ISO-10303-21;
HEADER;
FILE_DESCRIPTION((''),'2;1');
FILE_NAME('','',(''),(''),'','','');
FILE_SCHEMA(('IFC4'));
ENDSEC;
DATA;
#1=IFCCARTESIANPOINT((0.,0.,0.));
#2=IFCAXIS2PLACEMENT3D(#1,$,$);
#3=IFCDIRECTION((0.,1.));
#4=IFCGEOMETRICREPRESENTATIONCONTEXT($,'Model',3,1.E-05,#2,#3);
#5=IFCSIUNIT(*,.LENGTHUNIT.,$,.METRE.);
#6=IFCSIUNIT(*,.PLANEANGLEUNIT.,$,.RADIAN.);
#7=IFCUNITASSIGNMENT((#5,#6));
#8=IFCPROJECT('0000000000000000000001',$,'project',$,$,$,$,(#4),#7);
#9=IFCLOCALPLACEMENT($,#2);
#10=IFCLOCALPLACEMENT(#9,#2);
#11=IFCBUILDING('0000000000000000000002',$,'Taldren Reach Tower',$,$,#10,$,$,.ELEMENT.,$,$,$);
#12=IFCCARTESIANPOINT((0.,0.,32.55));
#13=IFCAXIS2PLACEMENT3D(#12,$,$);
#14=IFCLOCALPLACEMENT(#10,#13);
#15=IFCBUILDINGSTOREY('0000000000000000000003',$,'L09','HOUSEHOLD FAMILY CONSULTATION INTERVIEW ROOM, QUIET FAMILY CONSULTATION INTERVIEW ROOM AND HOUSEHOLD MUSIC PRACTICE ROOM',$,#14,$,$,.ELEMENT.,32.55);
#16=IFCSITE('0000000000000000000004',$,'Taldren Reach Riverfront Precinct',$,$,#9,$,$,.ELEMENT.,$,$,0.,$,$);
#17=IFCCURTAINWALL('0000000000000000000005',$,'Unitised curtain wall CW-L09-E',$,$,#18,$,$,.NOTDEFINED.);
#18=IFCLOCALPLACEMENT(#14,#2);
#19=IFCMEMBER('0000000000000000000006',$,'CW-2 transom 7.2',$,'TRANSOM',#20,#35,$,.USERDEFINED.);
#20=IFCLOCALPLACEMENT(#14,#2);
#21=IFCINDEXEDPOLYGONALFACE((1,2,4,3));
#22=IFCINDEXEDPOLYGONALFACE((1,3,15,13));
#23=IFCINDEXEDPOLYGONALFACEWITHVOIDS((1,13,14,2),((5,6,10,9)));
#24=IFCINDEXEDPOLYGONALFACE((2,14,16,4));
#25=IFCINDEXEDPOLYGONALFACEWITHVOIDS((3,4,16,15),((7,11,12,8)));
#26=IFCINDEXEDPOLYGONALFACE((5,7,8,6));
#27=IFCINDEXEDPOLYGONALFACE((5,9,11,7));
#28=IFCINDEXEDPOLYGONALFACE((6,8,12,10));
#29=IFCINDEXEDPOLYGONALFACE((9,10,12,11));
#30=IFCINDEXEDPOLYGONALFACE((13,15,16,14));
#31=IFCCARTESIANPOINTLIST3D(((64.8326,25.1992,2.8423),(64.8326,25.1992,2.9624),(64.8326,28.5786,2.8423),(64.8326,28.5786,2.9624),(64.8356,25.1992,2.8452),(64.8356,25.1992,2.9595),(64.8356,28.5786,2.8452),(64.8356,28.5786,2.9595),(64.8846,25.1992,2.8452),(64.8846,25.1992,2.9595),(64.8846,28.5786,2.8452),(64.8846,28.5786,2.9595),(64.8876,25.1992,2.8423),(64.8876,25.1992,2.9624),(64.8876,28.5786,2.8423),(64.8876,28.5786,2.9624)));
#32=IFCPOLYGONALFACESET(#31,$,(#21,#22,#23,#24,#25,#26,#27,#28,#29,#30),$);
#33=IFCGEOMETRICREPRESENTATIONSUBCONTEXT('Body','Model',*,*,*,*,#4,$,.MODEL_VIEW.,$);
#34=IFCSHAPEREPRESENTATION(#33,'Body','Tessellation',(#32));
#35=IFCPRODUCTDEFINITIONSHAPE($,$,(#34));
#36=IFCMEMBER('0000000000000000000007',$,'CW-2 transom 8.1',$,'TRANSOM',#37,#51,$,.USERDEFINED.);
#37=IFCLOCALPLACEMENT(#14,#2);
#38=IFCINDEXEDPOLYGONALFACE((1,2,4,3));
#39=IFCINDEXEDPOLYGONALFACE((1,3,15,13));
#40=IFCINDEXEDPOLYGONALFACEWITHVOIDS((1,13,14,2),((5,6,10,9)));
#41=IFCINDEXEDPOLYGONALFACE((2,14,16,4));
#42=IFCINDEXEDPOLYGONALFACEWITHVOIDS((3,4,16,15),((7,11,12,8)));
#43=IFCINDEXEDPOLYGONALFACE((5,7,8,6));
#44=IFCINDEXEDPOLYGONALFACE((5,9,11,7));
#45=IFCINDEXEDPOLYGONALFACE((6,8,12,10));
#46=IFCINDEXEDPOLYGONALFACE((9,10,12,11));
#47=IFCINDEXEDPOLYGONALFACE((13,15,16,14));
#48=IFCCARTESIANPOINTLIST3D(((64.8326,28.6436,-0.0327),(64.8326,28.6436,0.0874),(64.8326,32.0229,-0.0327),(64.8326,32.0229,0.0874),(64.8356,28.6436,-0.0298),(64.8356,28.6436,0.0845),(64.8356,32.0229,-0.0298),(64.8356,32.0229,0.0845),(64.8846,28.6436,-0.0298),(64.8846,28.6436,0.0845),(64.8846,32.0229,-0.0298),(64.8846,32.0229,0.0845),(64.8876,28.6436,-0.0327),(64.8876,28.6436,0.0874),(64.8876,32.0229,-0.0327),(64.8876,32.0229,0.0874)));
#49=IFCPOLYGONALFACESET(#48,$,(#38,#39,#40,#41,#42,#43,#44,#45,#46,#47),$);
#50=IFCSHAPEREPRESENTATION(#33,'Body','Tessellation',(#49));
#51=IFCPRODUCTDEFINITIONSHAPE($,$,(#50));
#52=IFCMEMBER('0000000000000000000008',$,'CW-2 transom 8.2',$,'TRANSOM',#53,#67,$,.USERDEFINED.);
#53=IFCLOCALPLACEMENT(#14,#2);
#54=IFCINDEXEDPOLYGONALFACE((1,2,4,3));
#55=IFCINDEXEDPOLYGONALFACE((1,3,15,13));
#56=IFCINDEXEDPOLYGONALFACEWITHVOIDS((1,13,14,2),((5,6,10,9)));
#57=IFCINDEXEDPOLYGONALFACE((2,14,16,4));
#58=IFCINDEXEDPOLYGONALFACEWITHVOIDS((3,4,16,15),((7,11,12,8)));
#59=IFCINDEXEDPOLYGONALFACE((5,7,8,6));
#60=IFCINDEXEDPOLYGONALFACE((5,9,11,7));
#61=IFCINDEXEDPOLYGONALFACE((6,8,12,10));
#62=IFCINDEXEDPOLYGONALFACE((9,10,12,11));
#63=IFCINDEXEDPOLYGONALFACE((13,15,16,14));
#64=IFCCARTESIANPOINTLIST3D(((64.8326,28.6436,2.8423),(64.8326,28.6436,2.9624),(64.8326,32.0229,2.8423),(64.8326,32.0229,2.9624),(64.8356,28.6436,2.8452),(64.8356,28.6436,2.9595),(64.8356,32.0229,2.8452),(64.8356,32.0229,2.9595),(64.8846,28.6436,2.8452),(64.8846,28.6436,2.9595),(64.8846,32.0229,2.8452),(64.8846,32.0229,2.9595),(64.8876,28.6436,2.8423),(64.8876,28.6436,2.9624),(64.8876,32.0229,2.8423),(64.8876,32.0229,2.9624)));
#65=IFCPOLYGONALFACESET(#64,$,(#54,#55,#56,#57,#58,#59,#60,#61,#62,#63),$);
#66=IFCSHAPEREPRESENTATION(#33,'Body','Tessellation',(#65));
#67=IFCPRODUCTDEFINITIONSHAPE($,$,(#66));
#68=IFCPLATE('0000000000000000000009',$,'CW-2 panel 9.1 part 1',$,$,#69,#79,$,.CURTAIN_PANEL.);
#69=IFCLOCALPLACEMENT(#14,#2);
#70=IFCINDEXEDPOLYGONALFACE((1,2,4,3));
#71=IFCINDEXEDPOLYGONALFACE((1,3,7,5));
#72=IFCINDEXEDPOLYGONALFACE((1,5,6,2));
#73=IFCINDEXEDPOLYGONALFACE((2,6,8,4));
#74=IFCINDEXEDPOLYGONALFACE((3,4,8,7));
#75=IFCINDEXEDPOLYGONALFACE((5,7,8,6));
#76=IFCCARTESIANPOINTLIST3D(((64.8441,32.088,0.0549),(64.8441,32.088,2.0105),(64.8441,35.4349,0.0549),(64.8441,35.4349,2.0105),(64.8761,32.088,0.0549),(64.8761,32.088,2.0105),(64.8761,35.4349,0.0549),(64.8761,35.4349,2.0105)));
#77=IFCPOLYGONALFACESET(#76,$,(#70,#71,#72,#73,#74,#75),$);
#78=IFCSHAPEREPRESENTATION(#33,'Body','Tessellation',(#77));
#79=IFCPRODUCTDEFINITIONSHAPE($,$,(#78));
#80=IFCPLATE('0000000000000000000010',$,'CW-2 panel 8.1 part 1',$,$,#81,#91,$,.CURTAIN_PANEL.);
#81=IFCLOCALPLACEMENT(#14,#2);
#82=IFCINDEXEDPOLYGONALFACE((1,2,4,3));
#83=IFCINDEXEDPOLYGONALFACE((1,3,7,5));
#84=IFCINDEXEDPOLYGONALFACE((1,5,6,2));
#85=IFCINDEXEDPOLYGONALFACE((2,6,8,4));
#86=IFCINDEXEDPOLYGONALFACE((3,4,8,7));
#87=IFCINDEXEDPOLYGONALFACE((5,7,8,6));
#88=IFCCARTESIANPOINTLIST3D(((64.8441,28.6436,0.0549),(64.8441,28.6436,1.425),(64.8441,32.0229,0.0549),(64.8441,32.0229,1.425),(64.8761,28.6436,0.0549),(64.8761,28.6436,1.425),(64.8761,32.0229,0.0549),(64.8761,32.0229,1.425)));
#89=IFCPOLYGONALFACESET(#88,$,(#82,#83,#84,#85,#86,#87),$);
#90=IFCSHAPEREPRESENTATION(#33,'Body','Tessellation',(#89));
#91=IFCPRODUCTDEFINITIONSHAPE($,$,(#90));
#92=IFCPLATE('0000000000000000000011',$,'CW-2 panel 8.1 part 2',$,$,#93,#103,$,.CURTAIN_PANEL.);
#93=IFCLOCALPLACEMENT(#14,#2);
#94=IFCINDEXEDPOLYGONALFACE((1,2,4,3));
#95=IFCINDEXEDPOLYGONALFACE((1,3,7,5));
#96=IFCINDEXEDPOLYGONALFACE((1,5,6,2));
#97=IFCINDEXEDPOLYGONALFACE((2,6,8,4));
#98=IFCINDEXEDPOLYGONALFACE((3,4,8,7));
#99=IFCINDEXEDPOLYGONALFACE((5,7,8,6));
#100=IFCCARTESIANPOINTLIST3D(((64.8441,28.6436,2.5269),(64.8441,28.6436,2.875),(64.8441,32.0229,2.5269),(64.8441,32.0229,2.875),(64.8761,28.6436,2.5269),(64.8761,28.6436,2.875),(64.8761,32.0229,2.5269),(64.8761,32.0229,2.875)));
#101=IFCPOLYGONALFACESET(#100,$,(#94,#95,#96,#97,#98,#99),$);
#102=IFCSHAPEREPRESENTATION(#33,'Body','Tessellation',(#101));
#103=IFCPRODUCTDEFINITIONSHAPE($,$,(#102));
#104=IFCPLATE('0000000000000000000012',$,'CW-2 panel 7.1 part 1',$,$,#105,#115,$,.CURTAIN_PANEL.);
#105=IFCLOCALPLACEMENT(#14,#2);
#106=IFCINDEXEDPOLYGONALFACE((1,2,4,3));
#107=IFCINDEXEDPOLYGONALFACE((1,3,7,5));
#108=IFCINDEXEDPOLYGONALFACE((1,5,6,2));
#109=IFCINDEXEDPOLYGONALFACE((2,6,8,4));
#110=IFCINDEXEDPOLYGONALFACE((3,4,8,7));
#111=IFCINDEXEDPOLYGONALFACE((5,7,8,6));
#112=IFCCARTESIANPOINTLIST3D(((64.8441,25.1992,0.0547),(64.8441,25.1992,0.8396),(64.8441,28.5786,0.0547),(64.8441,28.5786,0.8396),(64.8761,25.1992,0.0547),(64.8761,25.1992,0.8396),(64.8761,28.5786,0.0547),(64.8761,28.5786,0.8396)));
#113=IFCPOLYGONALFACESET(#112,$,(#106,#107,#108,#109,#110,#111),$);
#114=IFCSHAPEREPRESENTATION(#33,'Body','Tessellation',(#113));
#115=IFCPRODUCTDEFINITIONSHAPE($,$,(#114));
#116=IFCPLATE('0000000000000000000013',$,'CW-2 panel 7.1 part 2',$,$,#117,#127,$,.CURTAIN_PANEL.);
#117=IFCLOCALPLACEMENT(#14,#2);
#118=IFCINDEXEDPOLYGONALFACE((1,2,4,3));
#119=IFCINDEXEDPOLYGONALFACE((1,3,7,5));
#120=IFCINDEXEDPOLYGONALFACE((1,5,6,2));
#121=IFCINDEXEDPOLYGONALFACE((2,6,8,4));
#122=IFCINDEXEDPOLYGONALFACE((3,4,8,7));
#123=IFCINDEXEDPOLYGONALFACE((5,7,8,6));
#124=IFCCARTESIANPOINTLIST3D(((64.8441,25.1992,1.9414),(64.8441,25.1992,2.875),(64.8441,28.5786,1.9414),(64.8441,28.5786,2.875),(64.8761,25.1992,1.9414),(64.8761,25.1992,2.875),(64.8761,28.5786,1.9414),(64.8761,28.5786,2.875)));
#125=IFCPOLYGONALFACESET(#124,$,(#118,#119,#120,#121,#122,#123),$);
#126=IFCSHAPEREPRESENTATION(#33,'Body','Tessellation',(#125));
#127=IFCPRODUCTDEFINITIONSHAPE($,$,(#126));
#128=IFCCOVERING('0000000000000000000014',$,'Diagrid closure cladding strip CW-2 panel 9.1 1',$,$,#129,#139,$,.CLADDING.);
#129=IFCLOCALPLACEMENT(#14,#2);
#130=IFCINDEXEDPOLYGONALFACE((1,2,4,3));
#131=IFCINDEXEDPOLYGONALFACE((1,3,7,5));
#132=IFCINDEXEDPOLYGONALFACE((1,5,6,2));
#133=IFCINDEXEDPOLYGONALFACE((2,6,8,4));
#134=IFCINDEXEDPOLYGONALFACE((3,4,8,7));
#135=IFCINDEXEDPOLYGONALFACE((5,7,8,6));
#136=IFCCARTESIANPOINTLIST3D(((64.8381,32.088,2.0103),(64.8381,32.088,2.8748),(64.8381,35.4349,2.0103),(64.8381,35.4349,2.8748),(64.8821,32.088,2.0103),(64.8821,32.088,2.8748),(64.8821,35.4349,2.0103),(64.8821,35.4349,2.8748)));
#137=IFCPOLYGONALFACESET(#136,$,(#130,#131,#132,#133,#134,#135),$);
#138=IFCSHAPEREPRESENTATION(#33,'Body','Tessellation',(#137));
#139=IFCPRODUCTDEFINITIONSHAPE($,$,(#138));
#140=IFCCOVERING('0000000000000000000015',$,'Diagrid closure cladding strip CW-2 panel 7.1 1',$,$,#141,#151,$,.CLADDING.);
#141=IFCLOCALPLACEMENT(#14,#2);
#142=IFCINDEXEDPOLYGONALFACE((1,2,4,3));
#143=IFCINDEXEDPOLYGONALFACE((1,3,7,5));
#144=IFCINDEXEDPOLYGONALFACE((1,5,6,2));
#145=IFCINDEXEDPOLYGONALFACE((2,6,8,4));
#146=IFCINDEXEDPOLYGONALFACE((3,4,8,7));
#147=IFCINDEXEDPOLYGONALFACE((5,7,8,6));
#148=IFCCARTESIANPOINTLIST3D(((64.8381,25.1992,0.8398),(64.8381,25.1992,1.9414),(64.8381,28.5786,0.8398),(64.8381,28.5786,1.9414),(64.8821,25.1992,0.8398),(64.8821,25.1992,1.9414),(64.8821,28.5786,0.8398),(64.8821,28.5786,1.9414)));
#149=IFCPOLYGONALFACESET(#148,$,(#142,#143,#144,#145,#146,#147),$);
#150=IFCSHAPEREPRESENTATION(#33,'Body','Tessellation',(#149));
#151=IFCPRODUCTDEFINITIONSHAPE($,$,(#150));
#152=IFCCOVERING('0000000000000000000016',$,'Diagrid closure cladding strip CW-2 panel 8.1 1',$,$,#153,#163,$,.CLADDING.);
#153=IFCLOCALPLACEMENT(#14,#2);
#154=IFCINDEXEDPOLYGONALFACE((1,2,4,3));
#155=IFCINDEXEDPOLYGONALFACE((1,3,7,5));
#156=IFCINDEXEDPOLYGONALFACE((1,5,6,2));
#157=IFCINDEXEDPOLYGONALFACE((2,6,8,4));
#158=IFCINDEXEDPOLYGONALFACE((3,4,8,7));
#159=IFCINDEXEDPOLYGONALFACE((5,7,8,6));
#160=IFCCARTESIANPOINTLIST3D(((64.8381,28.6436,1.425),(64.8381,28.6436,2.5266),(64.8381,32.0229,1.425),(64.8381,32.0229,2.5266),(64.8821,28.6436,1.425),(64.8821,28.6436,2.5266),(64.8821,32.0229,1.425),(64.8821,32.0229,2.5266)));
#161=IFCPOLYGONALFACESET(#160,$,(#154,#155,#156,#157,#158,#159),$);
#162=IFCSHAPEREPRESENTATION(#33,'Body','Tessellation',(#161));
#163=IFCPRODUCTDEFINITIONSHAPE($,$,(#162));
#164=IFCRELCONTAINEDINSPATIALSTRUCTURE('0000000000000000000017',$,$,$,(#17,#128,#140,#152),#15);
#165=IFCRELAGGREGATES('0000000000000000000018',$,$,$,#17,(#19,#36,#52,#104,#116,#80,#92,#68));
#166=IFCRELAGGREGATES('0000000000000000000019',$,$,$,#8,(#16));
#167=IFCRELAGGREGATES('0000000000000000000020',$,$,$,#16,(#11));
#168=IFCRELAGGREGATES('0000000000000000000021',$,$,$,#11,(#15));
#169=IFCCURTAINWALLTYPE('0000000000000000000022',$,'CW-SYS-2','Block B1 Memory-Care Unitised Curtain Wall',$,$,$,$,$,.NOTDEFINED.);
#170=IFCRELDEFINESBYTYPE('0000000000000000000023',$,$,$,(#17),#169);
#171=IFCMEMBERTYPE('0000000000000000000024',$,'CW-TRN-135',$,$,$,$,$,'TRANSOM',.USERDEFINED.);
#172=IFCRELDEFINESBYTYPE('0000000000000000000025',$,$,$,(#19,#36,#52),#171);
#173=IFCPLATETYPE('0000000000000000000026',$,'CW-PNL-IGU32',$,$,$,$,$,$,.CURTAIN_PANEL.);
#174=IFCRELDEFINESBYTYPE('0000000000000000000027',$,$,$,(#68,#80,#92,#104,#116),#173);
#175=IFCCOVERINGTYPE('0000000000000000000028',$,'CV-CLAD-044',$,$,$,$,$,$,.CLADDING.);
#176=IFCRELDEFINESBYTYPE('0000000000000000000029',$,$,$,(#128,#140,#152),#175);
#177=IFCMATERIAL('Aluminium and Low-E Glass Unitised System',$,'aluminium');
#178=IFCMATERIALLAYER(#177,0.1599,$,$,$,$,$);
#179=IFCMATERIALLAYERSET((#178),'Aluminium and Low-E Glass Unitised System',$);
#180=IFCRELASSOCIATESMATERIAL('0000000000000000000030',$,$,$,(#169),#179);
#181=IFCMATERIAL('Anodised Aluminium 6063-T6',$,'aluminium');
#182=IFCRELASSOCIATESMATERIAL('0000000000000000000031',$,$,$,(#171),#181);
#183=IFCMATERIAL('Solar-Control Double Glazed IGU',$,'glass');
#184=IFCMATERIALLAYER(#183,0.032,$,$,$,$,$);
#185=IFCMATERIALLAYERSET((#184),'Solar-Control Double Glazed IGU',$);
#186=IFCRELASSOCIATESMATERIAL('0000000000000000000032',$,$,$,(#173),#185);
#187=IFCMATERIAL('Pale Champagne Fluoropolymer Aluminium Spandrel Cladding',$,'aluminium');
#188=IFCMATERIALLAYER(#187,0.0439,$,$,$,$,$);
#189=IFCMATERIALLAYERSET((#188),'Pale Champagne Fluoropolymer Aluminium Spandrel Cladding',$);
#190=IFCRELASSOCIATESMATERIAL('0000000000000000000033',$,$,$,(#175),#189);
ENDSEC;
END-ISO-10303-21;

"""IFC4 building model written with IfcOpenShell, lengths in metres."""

from ifc_helpers import new_model, si_unit, direction, frame, origin, origin_2d, place, context, subcontext, project, spatial, rectangle, hollow_rectangle, extrude, source, transform, mapped, material, layer, layer_set, material_profile, profile_set, type_object, element, aggregate, save


model = new_model("IFC4")

# Units and contexts
model_context = context("Model", 3, precision=1e-05, world=origin(), true_north=direction((0.0, 1.0)))
body_context = subcontext(model_context, "Body", "Model", "MODEL_VIEW")
ifc_project = project(units=[si_unit("LENGTHUNIT", "METRE"), si_unit("PLANEANGLEUNIT", "RADIAN")], contexts=[model_context])

# Site, building, storey
site_placement = place(None, origin())
site = spatial("IfcSite", under=ifc_project, at=site_placement, Name="Taldren Reach Riverfront Precinct", CompositionType="ELEMENT", RefElevation=0.0)
building_placement = place(site_placement, origin())
building = spatial("IfcBuilding", under=site, at=building_placement, Name="Taldren Reach Tower", CompositionType="ELEMENT")
storey_placement = place(building_placement, frame((0.0, 0.0, 32.55)))
storey = spatial("IfcBuildingStorey", under=building, at=storey_placement, Name="L09", Description="HOUSEHOLD FAMILY CONSULTATION INTERVIEW ROOM, QUIET FAMILY CONSULTATION INTERVIEW ROOM AND HOUSEHOLD MUSIC PRACTICE ROOM", CompositionType="ELEMENT", Elevation=32.55)

# Curtain wall, members, plates
ifc_material_1 = material(Name="Aluminium and Low-E Glass Unitised System", Category="aluminium")
ifc_layer_1 = layer(ifc_material_1, 0.1599)
ifc_layer_set_1 = layer_set([ifc_layer_1], Name="Aluminium and Low-E Glass Unitised System")
curtain_wall_type = type_object("IfcCurtainWallType", Name="CW-SYS-2", Description="Block B1 Memory-Care Unitised Curtain Wall", PredefinedType="NOTDEFINED", material=ifc_layer_set_1)
curtain_wall_placement = place(storey_placement, origin())
curtain_wall = element("IfcCurtainWall", 1, at=curtain_wall_placement, inside=storey, type_object=curtain_wall_type, Name="Unitised curtain wall CW-L09-E", PredefinedType="NOTDEFINED")
ifc_material_2 = material(Name="Anodised Aluminium 6063-T6", Category="aluminium")
ifc_material_profile_1 = material_profile(ifc_material_2, hollow_rectangle(XDim=0.0549, YDim=0.1201, WallThickness=0.0029, at=origin_2d()), Name="ALU-120x55x3RHS")
ifc_profile_set_1 = profile_set([ifc_material_profile_1], Name="Anodised Aluminium 6063-T6")
member_type_1 = type_object("IfcMemberType", Name="CW-TRN-135", ElementType="TRANSOM", PredefinedType="USERDEFINED", material=ifc_profile_set_1)
shared_shape_1 = source(origin(), body_context, "Body", "SweptSolid", [
    extrude(hollow_rectangle(XDim=0.0549, YDim=0.1201, WallThickness=0.0029, at=origin_2d()), origin(), (0.0, 0.0, 1.0), 3.3794),
])
member_1_placement = place(storey_placement, frame((64.8601, 25.1992, 2.9023), z_axis=(0.0, 1.0, 0.0), x_axis=(-1.0, 0.0, 0.0)))
member_1 = element("IfcMember", 2, at=member_1_placement, type_object=member_type_1, Name="CW-2 transom 7.2", ObjectType="TRANSOM", PredefinedType="USERDEFINED", context=body_context, shape_type="MappedRepresentation", body=[
    mapped(shared_shape_1, transform((0.0, 0.0, 0.0), scale=1.0)),
])
member_2_placement = place(storey_placement, frame((64.8601, 28.6436, 0.0273), z_axis=(0.0, 1.0, 0.0), x_axis=(-1.0, 0.0, 0.0)))
member_2 = element("IfcMember", 3, at=member_2_placement, type_object=member_type_1, Name="CW-2 transom 8.1", ObjectType="TRANSOM", PredefinedType="USERDEFINED", context=body_context, shape_type="MappedRepresentation", body=[
    mapped(shared_shape_1, transform((0.0, 0.0, 0.0), scale=1.0)),
])
member_3_placement = place(storey_placement, frame((64.8601, 28.6436, 2.9023), z_axis=(0.0, 1.0, 0.0), x_axis=(-1.0, 0.0, 0.0)))
member_3 = element("IfcMember", 4, at=member_3_placement, type_object=member_type_1, Name="CW-2 transom 8.2", ObjectType="TRANSOM", PredefinedType="USERDEFINED", context=body_context, shape_type="MappedRepresentation", body=[
    mapped(shared_shape_1, transform((0.0, 0.0, 0.0), scale=1.0)),
])
ifc_material_3 = material(Name="Solar-Control Double Glazed IGU", Category="glass")
ifc_layer_2 = layer(ifc_material_3, 0.032)
ifc_layer_set_2 = layer_set([ifc_layer_2], Name="Solar-Control Double Glazed IGU")
plate_type = type_object("IfcPlateType", Name="CW-PNL-IGU32", PredefinedType="CURTAIN_PANEL", material=ifc_layer_set_2)
shared_shape_2 = source(origin(), body_context, "Body", "SweptSolid", [
    extrude(rectangle(XDim=3.3469, YDim=0.032, at=origin_2d()), origin(), (0.0, 0.0, 1.0), 1.9556),
])
plate_1_placement = place(storey_placement, frame((64.8601, 33.7615, 0.0549), z_axis=(0.0, 0.0, 1.0), x_axis=(0.0, 1.0, 0.0)))
plate_1 = element("IfcPlate", 5, at=plate_1_placement, type_object=plate_type, Name="CW-2 panel 9.1 part 1", PredefinedType="CURTAIN_PANEL", context=body_context, shape_type="MappedRepresentation", body=[
    mapped(shared_shape_2, transform((0.0, 0.0, 0.0), scale=1.0)),
])
shared_shape_3 = source(origin(), body_context, "Body", "SweptSolid", [
    extrude(rectangle(XDim=3.3794, YDim=0.032, at=origin_2d()), origin(), (0.0, 0.0, 1.0), 1.3701),
])
plate_2_placement = place(storey_placement, frame((64.8601, 30.3333, 0.0549), z_axis=(0.0, 0.0, 1.0), x_axis=(0.0, 1.0, 0.0)))
plate_2 = element("IfcPlate", 6, at=plate_2_placement, type_object=plate_type, Name="CW-2 panel 8.1 part 1", PredefinedType="CURTAIN_PANEL", context=body_context, shape_type="MappedRepresentation", body=[
    mapped(shared_shape_3, transform((0.0, 0.0, 0.0), scale=1.0)),
])
shared_shape_4 = source(origin(), body_context, "Body", "SweptSolid", [
    extrude(rectangle(XDim=3.3794, YDim=0.032, at=origin_2d()), origin(), (0.0, 0.0, 1.0), 0.3481),
])
plate_3_placement = place(storey_placement, frame((64.8601, 30.3333, 2.5269), z_axis=(0.0, 0.0, 1.0), x_axis=(0.0, 1.0, 0.0)))
plate_3 = element("IfcPlate", 7, at=plate_3_placement, type_object=plate_type, Name="CW-2 panel 8.1 part 2", PredefinedType="CURTAIN_PANEL", context=body_context, shape_type="MappedRepresentation", body=[
    mapped(shared_shape_4, transform((0.0, 0.0, 0.0), scale=1.0)),
])
shared_shape_5 = source(origin(), body_context, "Body", "SweptSolid", [
    extrude(rectangle(XDim=3.3794, YDim=0.032, at=origin_2d()), origin(), (0.0, 0.0, 1.0), 0.7849),
])
plate_4_placement = place(storey_placement, frame((64.8601, 26.8889, 0.0547), z_axis=(0.0, 0.0, 1.0), x_axis=(0.0, 1.0, 0.0)))
plate_4 = element("IfcPlate", 8, at=plate_4_placement, type_object=plate_type, Name="CW-2 panel 7.1 part 1", PredefinedType="CURTAIN_PANEL", context=body_context, shape_type="MappedRepresentation", body=[
    mapped(shared_shape_5, transform((0.0, 0.0, 0.0), scale=1.0)),
])
shared_shape_6 = source(origin(), body_context, "Body", "SweptSolid", [
    extrude(rectangle(XDim=3.3794, YDim=0.032, at=origin_2d()), origin(), (0.0, 0.0, 1.0), 0.9336),
])
plate_5_placement = place(storey_placement, frame((64.8601, 26.8889, 1.9414), z_axis=(0.0, 0.0, 1.0), x_axis=(0.0, 1.0, 0.0)))
plate_5 = element("IfcPlate", 9, at=plate_5_placement, type_object=plate_type, Name="CW-2 panel 7.1 part 2", PredefinedType="CURTAIN_PANEL", context=body_context, shape_type="MappedRepresentation", body=[
    mapped(shared_shape_6, transform((0.0, 0.0, 0.0), scale=1.0)),
])
aggregate(curtain_wall, [member_1, member_2, member_3, plate_4, plate_5, plate_2, plate_3, plate_1])

# Coverings
ifc_material_4 = material(Name="Pale Champagne Fluoropolymer Aluminium Spandrel Cladding", Category="aluminium")
ifc_layer_3 = layer(ifc_material_4, 0.0439)
ifc_layer_set_3 = layer_set([ifc_layer_3], Name="Pale Champagne Fluoropolymer Aluminium Spandrel Cladding")
covering_type = type_object("IfcCoveringType", Name="CV-CLAD-044", PredefinedType="CLADDING", material=ifc_layer_set_3)
shared_shape_7 = source(origin(), body_context, "Body", "SweptSolid", [
    extrude(rectangle(XDim=3.3469, YDim=0.0439, at=origin_2d()), origin(), (0.0, 0.0, 1.0), 0.8645),
])
covering_placement = place(storey_placement, frame((64.8601, 33.7615, 2.0103), z_axis=(0.0, 0.0, 1.0), x_axis=(0.0, 1.0, 0.0)))
element("IfcCovering", 10, at=covering_placement, inside=storey, type_object=covering_type, Name="Diagrid closure cladding strip CW-2 panel 9.1 1", PredefinedType="CLADDING", context=body_context, shape_type="MappedRepresentation", body=[
    mapped(shared_shape_7, transform((0.0, 0.0, 0.0), scale=1.0)),
])
shared_shape_8 = source(origin(), body_context, "Body", "SweptSolid", [
    extrude(rectangle(XDim=3.3794, YDim=0.0439, at=origin_2d()), origin(), (0.0, 0.0, 1.0), 1.1016),
])
for number, where, z_axis, x_axis, name in (
    (11, (64.8601, 26.8889, 0.8398), (0.0, 0.0, 1.0), (0.0, 1.0, 0.0), "Diagrid closure cladding strip CW-2 panel 7.1 1"),
    (12, (64.8601, 30.3333, 1.425), (0.0, 0.0, 1.0), (0.0, 1.0, 0.0), "Diagrid closure cladding strip CW-2 panel 8.1 1"),
):
    element("IfcCovering", number, at=place(storey_placement, frame(where, z_axis=z_axis, x_axis=x_axis)), inside=storey, type_object=covering_type, Name=name, PredefinedType="CLADDING", context=body_context, shape_type="MappedRepresentation", body=[
        mapped(shared_shape_8, transform((0.0, 0.0, 0.0), scale=1.0)),
    ])

save(model, "model.ifc")
